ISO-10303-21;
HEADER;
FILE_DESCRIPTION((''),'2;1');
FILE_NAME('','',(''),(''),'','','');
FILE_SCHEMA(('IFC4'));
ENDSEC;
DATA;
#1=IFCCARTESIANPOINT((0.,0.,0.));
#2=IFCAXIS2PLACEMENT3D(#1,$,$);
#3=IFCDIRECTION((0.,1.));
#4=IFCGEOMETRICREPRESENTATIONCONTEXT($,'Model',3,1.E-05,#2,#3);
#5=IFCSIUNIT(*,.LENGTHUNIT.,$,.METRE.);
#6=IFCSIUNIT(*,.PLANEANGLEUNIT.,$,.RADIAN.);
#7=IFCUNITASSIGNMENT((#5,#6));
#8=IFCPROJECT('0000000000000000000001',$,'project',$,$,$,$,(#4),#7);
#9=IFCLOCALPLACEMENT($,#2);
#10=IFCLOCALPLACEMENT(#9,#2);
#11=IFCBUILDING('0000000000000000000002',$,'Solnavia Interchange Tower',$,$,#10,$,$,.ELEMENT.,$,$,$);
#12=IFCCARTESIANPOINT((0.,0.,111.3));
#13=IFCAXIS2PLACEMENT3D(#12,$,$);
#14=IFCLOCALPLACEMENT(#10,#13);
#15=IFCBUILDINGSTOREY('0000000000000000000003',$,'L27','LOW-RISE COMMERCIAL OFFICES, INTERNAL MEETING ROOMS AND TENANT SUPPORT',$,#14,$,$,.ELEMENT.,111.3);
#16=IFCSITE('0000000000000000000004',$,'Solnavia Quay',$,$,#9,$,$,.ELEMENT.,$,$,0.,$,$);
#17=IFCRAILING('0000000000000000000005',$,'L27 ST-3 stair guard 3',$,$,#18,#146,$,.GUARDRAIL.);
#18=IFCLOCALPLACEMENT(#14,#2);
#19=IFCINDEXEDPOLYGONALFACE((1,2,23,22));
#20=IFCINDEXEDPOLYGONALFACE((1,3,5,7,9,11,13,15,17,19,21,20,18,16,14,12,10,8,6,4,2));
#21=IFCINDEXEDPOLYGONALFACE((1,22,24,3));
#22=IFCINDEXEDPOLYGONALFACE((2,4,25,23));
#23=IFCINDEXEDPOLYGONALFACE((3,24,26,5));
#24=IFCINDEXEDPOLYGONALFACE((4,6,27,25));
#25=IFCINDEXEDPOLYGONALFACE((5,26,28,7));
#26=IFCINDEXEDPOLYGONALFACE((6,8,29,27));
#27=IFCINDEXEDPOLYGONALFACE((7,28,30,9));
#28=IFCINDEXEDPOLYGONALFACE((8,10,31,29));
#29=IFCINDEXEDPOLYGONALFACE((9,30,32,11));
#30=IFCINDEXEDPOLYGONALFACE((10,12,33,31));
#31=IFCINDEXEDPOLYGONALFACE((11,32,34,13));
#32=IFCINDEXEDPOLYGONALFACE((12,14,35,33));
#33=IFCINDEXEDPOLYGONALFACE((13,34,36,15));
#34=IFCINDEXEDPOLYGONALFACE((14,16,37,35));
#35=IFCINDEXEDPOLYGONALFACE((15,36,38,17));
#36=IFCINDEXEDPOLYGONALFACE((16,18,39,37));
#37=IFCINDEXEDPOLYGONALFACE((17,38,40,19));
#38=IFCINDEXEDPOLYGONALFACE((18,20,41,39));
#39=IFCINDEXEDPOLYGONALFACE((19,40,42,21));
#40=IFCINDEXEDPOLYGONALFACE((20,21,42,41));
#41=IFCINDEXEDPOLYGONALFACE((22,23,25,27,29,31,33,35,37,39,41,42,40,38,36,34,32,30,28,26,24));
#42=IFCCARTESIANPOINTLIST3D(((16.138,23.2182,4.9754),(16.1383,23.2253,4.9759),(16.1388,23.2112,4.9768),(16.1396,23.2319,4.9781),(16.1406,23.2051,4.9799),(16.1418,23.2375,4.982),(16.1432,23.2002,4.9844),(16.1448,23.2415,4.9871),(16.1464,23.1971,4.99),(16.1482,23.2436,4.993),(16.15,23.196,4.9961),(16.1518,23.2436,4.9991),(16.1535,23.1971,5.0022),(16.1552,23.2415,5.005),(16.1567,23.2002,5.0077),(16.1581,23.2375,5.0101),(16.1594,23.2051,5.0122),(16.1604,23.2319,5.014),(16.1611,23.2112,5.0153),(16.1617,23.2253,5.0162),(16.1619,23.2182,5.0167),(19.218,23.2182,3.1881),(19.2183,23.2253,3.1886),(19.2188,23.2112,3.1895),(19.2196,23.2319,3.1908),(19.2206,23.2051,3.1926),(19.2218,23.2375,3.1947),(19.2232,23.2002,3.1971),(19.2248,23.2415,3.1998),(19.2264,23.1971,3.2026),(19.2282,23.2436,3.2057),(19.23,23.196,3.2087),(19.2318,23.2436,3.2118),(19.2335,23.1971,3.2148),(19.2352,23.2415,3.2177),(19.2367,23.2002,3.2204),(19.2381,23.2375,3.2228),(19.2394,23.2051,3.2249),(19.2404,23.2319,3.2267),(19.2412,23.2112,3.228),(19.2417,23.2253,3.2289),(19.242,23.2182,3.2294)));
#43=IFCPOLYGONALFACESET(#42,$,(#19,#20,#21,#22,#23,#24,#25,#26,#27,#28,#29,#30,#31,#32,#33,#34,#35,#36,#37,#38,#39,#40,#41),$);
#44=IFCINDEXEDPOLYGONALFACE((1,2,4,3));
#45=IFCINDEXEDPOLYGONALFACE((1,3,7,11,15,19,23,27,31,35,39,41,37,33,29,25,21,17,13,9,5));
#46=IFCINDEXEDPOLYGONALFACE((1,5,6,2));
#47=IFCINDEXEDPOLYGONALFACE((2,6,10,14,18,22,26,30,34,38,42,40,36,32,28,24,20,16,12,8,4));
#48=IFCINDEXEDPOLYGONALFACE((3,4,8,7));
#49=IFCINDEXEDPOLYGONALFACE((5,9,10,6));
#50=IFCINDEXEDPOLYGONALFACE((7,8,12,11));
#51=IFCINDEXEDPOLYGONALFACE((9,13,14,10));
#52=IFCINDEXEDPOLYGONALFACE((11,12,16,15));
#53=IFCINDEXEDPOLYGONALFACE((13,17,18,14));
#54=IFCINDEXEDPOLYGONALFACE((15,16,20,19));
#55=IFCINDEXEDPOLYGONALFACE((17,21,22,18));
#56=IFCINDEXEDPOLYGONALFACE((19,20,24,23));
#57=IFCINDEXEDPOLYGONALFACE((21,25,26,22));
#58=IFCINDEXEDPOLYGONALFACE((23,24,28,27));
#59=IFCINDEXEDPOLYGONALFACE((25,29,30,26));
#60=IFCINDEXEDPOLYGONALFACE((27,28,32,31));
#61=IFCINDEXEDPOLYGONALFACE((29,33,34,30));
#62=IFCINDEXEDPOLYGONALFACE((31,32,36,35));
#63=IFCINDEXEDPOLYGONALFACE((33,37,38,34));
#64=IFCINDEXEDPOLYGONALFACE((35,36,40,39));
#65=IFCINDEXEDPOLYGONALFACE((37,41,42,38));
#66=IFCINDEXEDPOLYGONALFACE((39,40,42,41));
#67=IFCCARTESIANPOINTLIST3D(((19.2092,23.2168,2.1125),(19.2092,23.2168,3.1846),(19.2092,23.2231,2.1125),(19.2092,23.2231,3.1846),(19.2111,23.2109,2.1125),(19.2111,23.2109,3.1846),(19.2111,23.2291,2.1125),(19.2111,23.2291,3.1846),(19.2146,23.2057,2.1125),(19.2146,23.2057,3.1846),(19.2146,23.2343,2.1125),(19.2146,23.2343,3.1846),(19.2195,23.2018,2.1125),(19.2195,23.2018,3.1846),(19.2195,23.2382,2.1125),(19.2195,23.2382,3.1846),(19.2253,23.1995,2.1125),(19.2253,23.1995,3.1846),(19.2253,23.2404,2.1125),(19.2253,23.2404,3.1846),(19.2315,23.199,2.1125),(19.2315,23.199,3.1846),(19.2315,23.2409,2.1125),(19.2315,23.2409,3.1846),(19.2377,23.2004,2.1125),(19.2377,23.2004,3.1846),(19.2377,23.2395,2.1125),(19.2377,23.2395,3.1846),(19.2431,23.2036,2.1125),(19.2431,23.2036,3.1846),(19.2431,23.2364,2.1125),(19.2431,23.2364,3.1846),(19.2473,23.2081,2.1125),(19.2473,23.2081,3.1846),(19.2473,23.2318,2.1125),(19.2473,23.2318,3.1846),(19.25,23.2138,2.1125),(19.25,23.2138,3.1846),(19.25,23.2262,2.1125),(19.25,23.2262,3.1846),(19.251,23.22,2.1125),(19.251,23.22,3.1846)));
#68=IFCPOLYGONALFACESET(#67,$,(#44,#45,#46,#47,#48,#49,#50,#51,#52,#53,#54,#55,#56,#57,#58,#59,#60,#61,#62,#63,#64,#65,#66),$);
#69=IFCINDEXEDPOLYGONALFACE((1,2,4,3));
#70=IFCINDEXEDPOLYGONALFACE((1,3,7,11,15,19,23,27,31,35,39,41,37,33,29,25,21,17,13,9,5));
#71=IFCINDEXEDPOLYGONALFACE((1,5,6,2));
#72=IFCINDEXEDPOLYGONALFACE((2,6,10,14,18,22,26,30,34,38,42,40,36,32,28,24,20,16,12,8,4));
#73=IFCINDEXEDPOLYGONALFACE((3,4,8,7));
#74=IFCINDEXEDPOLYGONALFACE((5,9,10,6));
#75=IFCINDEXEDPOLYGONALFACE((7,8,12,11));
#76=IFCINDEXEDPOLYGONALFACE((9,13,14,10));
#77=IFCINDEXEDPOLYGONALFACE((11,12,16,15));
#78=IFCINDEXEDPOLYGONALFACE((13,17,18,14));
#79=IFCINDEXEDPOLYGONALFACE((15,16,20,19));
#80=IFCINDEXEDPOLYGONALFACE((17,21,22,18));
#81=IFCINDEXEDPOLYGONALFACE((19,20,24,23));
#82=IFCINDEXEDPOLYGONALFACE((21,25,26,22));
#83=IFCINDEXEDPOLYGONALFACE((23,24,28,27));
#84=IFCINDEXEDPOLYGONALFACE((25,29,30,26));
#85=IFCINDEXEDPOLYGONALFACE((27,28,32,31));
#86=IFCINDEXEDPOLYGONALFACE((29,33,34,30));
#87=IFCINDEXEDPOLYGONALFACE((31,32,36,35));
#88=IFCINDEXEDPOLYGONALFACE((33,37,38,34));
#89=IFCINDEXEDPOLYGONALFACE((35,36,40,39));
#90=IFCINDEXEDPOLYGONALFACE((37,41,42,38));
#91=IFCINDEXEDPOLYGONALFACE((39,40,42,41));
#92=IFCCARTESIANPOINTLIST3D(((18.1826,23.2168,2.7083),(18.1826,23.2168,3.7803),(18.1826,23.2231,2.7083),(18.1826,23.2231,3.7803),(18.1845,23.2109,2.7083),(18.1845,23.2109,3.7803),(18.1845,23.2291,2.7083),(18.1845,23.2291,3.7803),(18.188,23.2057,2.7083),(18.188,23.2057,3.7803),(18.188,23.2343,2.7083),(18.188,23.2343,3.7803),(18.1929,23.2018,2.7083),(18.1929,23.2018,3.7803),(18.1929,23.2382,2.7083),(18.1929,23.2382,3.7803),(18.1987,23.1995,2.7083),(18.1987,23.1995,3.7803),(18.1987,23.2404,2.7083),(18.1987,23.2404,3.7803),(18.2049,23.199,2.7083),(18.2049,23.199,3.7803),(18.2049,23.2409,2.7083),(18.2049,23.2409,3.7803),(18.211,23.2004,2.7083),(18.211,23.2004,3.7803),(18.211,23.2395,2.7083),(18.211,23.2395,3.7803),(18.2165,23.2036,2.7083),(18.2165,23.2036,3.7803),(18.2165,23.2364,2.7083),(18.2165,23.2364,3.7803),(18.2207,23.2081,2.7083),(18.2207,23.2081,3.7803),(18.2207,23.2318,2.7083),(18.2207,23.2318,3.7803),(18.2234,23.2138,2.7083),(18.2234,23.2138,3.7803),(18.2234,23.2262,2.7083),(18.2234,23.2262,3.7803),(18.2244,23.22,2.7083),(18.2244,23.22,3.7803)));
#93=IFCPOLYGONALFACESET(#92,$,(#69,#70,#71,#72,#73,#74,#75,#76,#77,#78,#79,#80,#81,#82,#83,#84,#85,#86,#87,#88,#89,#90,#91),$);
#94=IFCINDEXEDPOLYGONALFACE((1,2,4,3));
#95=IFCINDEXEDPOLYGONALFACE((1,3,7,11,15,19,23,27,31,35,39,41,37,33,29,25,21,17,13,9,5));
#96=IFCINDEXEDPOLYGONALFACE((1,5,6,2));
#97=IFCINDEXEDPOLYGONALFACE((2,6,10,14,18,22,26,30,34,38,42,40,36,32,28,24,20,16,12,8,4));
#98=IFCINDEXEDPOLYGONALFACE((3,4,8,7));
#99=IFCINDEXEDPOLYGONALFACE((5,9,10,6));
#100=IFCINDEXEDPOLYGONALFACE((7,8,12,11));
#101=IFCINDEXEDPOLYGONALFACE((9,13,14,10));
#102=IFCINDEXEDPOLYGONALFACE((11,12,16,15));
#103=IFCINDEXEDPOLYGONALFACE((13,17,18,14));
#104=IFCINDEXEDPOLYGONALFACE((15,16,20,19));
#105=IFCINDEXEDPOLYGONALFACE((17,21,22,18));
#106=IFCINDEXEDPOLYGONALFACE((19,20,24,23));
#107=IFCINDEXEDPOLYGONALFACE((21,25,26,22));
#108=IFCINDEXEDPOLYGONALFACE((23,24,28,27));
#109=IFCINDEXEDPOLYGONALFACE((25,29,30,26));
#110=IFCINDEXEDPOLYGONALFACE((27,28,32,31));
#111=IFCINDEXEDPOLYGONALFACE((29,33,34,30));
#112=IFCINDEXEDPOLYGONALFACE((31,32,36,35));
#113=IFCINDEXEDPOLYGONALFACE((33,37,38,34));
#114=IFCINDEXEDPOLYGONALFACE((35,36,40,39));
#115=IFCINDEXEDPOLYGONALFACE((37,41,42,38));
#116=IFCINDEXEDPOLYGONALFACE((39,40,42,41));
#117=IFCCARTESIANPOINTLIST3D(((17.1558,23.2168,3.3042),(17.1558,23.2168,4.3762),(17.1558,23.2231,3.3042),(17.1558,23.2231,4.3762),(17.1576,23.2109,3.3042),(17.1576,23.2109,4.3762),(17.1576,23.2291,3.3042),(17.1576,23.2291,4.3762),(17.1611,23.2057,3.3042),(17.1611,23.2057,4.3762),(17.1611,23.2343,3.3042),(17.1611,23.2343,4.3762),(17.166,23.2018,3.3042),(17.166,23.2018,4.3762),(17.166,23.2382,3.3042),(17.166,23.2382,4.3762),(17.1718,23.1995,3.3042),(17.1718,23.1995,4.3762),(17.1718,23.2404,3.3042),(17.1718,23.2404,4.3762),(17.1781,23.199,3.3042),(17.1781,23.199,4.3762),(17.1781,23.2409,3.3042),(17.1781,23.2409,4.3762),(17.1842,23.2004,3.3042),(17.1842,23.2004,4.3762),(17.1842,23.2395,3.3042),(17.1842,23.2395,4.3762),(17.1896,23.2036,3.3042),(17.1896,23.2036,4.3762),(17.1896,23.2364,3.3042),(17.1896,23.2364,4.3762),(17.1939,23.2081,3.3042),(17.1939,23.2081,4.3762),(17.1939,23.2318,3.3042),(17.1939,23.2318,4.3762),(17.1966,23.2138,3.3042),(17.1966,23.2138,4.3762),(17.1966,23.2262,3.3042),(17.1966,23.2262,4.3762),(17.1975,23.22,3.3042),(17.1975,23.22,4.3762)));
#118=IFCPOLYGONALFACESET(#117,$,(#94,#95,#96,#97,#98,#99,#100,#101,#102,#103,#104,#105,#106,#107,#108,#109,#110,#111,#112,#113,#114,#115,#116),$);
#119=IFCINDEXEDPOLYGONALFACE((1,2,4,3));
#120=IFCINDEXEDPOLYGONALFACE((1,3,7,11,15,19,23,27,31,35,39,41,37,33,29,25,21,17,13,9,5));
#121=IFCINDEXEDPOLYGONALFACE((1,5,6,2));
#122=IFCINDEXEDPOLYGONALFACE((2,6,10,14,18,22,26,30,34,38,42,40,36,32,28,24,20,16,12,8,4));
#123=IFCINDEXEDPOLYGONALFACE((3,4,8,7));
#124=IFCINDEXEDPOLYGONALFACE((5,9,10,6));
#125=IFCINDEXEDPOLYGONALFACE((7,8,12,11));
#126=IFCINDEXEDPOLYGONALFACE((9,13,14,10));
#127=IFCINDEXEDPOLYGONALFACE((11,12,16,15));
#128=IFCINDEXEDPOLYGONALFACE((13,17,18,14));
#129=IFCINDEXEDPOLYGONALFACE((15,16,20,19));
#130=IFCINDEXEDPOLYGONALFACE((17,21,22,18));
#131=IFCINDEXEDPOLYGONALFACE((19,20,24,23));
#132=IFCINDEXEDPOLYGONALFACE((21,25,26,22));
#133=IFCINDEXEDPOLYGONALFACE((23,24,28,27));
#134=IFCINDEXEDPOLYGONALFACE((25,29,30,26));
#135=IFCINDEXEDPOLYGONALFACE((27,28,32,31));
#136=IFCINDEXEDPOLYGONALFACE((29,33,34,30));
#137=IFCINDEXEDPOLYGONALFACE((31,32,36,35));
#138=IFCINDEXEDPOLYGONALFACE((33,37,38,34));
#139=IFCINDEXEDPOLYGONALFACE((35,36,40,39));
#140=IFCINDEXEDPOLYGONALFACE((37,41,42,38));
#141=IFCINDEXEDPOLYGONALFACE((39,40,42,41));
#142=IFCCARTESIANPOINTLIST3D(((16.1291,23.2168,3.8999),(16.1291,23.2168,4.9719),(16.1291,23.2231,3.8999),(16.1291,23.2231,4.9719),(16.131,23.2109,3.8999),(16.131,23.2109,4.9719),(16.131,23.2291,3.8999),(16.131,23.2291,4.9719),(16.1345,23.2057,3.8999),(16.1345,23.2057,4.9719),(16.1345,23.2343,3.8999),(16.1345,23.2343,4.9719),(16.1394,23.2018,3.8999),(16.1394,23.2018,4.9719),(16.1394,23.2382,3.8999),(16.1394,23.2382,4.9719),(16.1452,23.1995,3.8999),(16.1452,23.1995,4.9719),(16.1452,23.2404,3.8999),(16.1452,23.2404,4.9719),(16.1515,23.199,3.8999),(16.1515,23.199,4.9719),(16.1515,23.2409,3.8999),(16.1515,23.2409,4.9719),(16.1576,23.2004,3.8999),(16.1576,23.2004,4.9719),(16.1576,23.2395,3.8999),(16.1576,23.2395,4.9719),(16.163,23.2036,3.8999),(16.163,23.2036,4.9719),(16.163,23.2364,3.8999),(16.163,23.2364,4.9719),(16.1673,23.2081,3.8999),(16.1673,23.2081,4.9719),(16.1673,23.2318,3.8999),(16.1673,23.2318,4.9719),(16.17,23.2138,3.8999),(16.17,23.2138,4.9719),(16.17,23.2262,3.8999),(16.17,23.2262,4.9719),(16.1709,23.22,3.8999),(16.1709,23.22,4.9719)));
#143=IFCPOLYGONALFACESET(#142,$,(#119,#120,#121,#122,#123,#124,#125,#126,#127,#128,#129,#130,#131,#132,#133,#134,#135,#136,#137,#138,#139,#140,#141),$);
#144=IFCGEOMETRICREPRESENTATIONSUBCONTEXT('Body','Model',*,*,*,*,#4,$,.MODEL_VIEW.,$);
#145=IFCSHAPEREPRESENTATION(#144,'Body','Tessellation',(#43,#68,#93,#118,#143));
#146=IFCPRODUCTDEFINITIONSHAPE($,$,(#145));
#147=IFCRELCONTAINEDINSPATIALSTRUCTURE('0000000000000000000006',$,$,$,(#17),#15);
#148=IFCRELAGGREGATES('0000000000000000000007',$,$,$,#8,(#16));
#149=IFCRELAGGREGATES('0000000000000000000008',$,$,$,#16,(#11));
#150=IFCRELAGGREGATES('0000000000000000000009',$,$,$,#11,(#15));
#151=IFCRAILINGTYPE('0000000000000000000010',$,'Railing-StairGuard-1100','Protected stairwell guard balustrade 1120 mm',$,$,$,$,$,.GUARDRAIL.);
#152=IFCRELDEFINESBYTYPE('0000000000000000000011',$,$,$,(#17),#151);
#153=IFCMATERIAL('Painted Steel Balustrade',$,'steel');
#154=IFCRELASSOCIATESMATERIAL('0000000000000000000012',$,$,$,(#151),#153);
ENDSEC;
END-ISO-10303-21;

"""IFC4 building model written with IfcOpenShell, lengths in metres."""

from ifc_helpers import new_model, si_unit, direction, frame, origin, origin_2d, place, context, subcontext, project, spatial, circle, extrude, material, type_object, element, save


model = new_model("IFC4")

# Units and contexts
model_context = context("Model", 3, precision=1e-05, world=origin(), true_north=direction((0.0, 1.0)))
body_context = subcontext(model_context, "Body", "Model", "MODEL_VIEW")
ifc_project = project(units=[si_unit("LENGTHUNIT", "METRE"), si_unit("PLANEANGLEUNIT", "RADIAN")], contexts=[model_context])

# Site, building, storey
site_placement = place(None, origin())
site = spatial("IfcSite", under=ifc_project, at=site_placement, Name="Solnavia Quay", CompositionType="ELEMENT", RefElevation=0.0)
building_placement = place(site_placement, origin())
building = spatial("IfcBuilding", under=site, at=building_placement, Name="Solnavia Interchange Tower", CompositionType="ELEMENT")
storey_placement = place(building_placement, frame((0.0, 0.0, 111.3)))
storey = spatial("IfcBuildingStorey", under=building, at=storey_placement, Name="L27", Description="LOW-RISE COMMERCIAL OFFICES, INTERNAL MEETING ROOMS AND TENANT SUPPORT", CompositionType="ELEMENT", Elevation=111.3)

# Railing
ifc_material_1 = material(Name="Painted Steel Balustrade", Category="steel")
railing_type_1 = type_object("IfcRailingType", Name="Railing-StairGuard-1100", Description="Protected stairwell guard balustrade 1120 mm", PredefinedType="GUARDRAIL", material=ifc_material_1)
railing_1_placement = place(storey_placement, frame((19.23, 23.22, 2.1125)))
element("IfcRailing", 1, at=railing_1_placement, inside=storey, type_object=railing_type_1, Name="L27 ST-3 stair guard 3", PredefinedType="GUARDRAIL", context=body_context, shape_type="SweptSolid", body=[
    extrude(circle(Radius=0.0239, at=origin_2d()), frame((0.0, 0.0, 1.0962), z_axis=(-0.86492, 0.0, 0.501909), x_axis=(0.0, -1.0, 0.0)), (0.0, 0.0, 1.0), 3.561),
    extrude(circle(Radius=0.021, at=origin_2d()), origin(), (0.0, 0.0, 1.0), 1.072),
    extrude(circle(Radius=0.021, at=origin_2d()), frame((-1.0266, 0.0, 0.5957)), (0.0, 0.0, 1.0), 1.072),
    extrude(circle(Radius=0.021, at=origin_2d()), frame((-2.0535, 0.0, 1.1917)), (0.0, 0.0, 1.0), 1.072),
    extrude(circle(Radius=0.021, at=origin_2d()), frame((-3.0801, 0.0, 1.7874)), (0.0, 0.0, 1.0), 1.072),
])

save(model, "model.ifc")
